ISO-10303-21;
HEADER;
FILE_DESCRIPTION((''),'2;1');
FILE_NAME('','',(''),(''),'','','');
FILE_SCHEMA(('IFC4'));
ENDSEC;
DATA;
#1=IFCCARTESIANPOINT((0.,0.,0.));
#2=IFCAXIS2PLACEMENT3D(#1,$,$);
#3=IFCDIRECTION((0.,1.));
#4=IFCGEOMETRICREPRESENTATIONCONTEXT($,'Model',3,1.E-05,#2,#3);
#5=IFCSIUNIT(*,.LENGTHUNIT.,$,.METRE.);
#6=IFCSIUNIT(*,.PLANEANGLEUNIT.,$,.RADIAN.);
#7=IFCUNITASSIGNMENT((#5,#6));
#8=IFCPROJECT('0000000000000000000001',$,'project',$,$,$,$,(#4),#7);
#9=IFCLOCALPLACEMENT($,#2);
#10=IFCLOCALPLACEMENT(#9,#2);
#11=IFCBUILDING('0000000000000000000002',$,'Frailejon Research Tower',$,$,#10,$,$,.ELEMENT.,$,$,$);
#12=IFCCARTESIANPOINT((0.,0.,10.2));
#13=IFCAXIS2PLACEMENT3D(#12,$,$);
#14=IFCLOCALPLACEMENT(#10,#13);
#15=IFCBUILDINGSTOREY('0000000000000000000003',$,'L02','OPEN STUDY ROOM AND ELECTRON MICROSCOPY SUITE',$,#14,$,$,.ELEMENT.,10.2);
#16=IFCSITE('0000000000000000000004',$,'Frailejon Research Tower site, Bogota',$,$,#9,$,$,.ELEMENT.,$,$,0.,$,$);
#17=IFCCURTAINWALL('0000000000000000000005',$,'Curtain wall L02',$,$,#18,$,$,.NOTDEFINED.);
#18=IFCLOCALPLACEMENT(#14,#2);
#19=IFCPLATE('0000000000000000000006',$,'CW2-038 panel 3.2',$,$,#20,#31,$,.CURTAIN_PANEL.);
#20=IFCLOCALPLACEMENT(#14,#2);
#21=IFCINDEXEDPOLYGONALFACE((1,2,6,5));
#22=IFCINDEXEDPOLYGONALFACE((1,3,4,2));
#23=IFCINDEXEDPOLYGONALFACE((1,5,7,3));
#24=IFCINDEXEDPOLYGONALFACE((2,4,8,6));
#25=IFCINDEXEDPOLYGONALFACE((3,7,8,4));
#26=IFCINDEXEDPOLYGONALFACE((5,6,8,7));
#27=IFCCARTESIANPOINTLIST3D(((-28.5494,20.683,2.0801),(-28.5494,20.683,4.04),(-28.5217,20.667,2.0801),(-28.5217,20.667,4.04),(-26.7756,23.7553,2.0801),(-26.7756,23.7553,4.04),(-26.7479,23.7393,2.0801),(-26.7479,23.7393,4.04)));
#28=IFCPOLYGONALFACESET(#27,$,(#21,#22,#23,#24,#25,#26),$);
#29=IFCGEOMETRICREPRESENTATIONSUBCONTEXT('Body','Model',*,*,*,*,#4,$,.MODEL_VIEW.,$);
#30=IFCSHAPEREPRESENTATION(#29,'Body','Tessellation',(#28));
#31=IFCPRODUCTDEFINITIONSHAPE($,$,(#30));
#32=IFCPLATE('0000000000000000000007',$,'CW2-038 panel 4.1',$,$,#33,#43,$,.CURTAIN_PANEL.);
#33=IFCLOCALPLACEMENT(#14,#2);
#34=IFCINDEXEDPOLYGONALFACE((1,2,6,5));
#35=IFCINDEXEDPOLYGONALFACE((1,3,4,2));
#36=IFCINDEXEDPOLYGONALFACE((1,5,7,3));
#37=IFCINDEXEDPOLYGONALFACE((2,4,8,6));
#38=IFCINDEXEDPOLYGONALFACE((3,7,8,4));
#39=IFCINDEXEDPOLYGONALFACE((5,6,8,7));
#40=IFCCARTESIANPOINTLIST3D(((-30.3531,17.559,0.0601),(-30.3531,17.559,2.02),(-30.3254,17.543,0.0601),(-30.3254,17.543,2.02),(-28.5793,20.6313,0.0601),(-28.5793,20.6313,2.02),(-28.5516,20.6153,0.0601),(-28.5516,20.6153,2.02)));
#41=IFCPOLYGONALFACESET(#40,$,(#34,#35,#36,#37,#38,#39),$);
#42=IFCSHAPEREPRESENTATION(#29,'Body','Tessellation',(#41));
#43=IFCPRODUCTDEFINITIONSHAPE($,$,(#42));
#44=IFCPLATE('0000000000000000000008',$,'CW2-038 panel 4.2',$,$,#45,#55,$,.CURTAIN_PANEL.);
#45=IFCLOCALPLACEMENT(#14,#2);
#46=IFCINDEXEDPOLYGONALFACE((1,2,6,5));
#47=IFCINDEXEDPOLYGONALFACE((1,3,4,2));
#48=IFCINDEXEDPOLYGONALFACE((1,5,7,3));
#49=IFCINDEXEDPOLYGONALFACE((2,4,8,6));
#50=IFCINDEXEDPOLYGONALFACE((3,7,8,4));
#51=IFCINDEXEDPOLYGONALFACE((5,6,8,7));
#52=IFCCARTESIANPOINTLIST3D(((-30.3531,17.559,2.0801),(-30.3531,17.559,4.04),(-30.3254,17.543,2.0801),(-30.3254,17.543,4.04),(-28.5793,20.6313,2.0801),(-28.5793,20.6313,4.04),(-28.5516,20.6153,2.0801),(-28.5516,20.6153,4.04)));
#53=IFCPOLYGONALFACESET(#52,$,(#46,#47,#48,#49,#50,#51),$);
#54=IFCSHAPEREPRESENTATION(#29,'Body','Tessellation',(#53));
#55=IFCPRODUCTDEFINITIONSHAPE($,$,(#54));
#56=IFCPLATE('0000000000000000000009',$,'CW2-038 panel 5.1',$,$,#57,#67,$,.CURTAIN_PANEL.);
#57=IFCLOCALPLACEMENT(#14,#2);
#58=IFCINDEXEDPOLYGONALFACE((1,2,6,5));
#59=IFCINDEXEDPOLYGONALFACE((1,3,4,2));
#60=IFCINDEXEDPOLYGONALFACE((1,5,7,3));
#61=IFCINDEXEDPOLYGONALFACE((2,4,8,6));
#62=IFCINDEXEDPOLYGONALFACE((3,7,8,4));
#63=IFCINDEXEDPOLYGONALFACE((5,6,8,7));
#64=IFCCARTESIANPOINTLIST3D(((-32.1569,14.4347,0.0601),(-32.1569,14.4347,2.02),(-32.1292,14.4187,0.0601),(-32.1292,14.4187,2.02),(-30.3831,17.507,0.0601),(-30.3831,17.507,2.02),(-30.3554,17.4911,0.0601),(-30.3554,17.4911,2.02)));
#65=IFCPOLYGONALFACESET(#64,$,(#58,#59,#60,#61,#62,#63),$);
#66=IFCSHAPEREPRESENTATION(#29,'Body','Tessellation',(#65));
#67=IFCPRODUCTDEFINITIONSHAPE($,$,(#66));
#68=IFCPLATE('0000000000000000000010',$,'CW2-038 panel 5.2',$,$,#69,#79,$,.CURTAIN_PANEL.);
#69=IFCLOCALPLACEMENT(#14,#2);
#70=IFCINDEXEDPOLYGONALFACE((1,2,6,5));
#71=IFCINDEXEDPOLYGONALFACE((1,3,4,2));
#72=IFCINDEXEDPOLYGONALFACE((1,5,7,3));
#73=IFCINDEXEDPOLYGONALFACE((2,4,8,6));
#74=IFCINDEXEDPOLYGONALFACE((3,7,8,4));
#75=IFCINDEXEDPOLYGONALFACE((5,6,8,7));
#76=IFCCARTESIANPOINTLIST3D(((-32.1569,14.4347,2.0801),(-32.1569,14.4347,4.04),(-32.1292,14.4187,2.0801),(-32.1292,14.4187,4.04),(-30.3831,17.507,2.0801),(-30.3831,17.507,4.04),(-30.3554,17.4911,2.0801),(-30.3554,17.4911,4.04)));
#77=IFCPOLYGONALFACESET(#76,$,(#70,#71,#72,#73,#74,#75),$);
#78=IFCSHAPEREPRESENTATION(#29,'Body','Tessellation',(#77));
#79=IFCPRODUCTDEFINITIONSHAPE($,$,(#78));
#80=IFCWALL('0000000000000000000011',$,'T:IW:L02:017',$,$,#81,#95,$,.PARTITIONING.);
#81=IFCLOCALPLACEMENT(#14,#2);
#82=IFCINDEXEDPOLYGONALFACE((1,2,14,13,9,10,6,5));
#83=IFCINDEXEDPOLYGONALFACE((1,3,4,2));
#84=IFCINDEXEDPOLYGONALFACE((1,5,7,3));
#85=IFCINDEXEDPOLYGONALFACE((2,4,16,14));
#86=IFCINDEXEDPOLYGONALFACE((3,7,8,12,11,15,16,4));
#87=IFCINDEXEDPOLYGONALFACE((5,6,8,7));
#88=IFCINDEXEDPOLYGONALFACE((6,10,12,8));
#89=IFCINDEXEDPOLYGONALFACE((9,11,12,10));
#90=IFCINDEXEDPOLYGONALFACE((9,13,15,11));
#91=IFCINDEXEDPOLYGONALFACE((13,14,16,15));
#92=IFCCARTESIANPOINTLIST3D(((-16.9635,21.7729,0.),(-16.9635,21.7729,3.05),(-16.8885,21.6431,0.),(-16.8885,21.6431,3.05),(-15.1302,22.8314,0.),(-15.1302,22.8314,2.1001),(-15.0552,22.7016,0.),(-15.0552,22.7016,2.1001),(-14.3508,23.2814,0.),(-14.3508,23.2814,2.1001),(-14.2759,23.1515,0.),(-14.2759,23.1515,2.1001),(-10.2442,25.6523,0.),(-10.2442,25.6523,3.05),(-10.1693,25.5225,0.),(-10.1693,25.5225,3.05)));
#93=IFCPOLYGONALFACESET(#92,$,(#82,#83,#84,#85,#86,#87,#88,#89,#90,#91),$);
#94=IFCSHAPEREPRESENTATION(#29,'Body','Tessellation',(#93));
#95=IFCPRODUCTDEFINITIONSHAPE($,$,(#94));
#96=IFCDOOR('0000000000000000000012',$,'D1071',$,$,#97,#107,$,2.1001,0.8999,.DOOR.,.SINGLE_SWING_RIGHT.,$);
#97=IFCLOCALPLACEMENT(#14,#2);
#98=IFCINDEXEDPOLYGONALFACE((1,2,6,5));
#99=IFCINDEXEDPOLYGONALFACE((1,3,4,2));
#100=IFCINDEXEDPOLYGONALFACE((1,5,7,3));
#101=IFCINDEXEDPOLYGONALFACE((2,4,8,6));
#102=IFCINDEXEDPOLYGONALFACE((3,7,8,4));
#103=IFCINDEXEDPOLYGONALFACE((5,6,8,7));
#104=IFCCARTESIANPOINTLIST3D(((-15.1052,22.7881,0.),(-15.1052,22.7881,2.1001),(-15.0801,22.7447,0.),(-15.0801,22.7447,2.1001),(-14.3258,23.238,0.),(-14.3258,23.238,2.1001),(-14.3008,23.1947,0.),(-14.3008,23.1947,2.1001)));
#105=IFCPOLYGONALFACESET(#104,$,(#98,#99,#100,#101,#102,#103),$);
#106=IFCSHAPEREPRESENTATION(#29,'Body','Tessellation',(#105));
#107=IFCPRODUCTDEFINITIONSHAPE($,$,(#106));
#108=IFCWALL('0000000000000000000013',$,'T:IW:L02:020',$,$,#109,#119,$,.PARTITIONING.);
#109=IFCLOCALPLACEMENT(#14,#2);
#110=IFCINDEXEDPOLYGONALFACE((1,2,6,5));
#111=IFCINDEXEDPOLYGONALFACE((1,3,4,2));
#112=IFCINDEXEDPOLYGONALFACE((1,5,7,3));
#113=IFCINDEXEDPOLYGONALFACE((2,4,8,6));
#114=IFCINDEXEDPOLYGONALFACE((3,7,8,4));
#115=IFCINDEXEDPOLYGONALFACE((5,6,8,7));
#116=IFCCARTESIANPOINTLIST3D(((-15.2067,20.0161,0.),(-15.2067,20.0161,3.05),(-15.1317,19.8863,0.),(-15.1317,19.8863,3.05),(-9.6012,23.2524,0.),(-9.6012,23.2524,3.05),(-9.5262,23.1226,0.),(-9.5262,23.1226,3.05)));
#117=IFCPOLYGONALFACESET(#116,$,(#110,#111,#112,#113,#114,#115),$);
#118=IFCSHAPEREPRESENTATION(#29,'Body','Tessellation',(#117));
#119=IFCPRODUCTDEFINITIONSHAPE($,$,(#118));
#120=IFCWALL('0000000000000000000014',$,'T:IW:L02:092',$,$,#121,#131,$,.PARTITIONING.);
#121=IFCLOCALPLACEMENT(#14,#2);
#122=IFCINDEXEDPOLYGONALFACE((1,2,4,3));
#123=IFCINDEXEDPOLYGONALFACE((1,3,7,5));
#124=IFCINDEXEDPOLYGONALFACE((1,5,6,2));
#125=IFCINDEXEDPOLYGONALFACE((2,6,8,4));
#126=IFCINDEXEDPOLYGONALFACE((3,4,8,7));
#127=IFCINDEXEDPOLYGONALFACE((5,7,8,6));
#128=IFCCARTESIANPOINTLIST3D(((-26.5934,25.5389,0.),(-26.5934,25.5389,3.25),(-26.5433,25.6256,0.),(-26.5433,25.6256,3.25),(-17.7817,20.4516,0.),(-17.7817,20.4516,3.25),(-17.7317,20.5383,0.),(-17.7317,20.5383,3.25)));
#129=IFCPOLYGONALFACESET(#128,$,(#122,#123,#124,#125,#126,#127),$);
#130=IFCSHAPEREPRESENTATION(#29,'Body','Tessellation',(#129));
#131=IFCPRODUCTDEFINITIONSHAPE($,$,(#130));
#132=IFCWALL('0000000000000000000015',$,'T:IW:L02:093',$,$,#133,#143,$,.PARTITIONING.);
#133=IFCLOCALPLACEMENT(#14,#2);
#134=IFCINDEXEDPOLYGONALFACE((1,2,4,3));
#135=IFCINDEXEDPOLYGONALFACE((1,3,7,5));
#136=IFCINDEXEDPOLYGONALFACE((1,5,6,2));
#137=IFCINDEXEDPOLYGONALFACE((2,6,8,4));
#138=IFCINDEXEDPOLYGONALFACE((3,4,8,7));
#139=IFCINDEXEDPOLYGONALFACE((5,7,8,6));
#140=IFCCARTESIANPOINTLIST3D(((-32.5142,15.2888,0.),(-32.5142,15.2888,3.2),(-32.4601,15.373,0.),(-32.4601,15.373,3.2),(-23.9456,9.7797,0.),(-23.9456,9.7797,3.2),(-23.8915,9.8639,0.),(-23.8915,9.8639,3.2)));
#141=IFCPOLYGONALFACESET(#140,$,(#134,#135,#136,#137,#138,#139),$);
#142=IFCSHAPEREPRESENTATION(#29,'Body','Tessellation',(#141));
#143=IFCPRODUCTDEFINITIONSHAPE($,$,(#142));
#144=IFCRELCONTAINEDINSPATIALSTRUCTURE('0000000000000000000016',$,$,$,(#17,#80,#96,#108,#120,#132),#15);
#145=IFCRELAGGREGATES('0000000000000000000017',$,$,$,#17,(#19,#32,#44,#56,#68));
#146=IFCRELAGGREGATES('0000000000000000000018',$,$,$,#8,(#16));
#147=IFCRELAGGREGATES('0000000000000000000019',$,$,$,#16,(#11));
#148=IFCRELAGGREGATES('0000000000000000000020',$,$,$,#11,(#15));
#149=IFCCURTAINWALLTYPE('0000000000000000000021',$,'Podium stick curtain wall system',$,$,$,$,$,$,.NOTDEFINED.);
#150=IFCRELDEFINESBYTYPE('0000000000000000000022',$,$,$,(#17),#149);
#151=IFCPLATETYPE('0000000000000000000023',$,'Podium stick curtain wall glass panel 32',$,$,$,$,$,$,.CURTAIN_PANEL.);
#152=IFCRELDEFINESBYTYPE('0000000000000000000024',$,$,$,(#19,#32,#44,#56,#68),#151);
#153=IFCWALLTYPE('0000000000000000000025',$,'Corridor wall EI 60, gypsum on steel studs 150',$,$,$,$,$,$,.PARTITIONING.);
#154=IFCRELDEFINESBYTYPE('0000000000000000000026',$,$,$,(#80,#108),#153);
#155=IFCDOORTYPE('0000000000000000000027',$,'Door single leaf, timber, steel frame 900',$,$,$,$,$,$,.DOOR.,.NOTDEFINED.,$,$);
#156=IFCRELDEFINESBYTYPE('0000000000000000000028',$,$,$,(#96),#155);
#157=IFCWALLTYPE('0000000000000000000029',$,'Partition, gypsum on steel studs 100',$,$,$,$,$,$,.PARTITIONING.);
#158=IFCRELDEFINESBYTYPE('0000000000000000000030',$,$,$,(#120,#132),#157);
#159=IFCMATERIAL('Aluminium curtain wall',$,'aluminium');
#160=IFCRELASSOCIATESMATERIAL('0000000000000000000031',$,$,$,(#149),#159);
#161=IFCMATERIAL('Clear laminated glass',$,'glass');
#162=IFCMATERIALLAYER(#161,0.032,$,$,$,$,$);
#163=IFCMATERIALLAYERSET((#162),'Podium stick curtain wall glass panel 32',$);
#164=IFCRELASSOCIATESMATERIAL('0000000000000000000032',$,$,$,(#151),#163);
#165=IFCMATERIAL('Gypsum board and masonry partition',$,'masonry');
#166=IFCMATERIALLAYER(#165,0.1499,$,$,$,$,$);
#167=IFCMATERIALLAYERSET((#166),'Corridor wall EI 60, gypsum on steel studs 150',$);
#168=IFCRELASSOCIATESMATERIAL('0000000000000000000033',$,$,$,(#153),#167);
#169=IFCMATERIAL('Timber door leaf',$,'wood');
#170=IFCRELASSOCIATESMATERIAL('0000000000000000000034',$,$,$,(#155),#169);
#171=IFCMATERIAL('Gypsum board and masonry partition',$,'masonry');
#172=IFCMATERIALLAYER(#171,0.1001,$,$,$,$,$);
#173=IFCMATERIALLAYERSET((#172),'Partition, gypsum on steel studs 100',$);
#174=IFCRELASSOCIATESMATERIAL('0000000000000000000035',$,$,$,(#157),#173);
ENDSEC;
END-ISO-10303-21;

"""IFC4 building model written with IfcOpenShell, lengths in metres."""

from ifc_helpers import new_model, si_unit, direction, frame, frame_2d, origin, origin_2d, place, context, subcontext, project, spatial, rectangle, extrude, material, layer, layer_set, type_object, element, fill, aggregate, save


model = new_model("IFC4")

# Units and contexts
model_context = context("Model", 3, precision=1e-05, world=origin(), true_north=direction((0.0, 1.0)))
body_context = subcontext(model_context, "Body", "Model", "MODEL_VIEW")
ifc_project = project(units=[si_unit("LENGTHUNIT", "METRE"), si_unit("PLANEANGLEUNIT", "RADIAN")], contexts=[model_context])

# Site, building, storey
site_placement = place(None, origin())
site = spatial("IfcSite", under=ifc_project, at=site_placement, Name="Frailejon Research Tower site, Bogota", CompositionType="ELEMENT", RefElevation=0.0)
building_placement = place(site_placement, origin())
building = spatial("IfcBuilding", under=site, at=building_placement, Name="Frailejon Research Tower", CompositionType="ELEMENT")
storey_placement = place(building_placement, frame((0.0, 0.0, 10.2)))
storey = spatial("IfcBuildingStorey", under=building, at=storey_placement, Name="L02", Description="OPEN STUDY ROOM AND ELECTRON MICROSCOPY SUITE", CompositionType="ELEMENT", Elevation=10.2)

# Curtain wall, plates
ifc_material_1 = material(Name="Aluminium curtain wall", Category="aluminium")
curtain_wall_type = type_object("IfcCurtainWallType", Name="Podium stick curtain wall system", PredefinedType="NOTDEFINED", material=ifc_material_1)
curtain_wall_placement = place(storey_placement, origin())
curtain_wall = element("IfcCurtainWall", 1, at=curtain_wall_placement, inside=storey, type_object=curtain_wall_type, Name="Curtain wall L02", PredefinedType="NOTDEFINED")
ifc_material_2 = material(Name="Clear laminated glass", Category="glass")
ifc_layer_1 = layer(ifc_material_2, 0.032)
ifc_layer_set_1 = layer_set([ifc_layer_1], Name="Podium stick curtain wall glass panel 32")
plate_type = type_object("IfcPlateType", Name="Podium stick curtain wall glass panel 32", PredefinedType="CURTAIN_PANEL", material=ifc_layer_set_1)
plate_1_placement = place(storey_placement, frame((-27.6487, 22.2112, 2.0801), z_axis=(0.0, 0.0, 1.0), x_axis=(-0.499998, -0.866026, 0.0)))
plate_1 = element("IfcPlate", 2, at=plate_1_placement, type_object=plate_type, Name="CW2-038 panel 3.2", PredefinedType="CURTAIN_PANEL", context=body_context, shape_type="SweptSolid", body=[
    extrude(rectangle(XDim=3.5476, YDim=0.032, at=origin_2d()), origin(), (0.0, 0.0, 1.0), 1.96),
])
plate_2_placement = place(storey_placement, frame((-29.4524, 19.0872, 0.0601), z_axis=(0.0, 0.0, 1.0), x_axis=(-0.499998, -0.866026, 0.0)))
plate_2 = element("IfcPlate", 3, at=plate_2_placement, type_object=plate_type, Name="CW2-038 panel 4.1", PredefinedType="CURTAIN_PANEL", context=body_context, shape_type="SweptSolid", body=[
    extrude(rectangle(XDim=3.5476, YDim=0.032, at=origin_2d()), origin(), (0.0, 0.0, 1.0), 1.96),
])
plate_3_placement = place(storey_placement, frame((-29.4524, 19.0872, 2.0801), z_axis=(0.0, 0.0, 1.0), x_axis=(-0.499998, -0.866026, 0.0)))
plate_3 = element("IfcPlate", 4, at=plate_3_placement, type_object=plate_type, Name="CW2-038 panel 4.2", PredefinedType="CURTAIN_PANEL", context=body_context, shape_type="SweptSolid", body=[
    extrude(rectangle(XDim=3.5476, YDim=0.032, at=origin_2d()), origin(), (0.0, 0.0, 1.0), 1.96),
])
plate_4_placement = place(storey_placement, frame((-31.2561, 15.9629, 0.0601), z_axis=(0.0, 0.0, 1.0), x_axis=(-0.499998, -0.866026, 0.0)))
plate_4 = element("IfcPlate", 5, at=plate_4_placement, type_object=plate_type, Name="CW2-038 panel 5.1", PredefinedType="CURTAIN_PANEL", context=body_context, shape_type="SweptSolid", body=[
    extrude(rectangle(XDim=3.5476, YDim=0.032, at=origin_2d()), origin(), (0.0, 0.0, 1.0), 1.96),
])
plate_5_placement = place(storey_placement, frame((-31.2561, 15.9629, 2.0801), z_axis=(0.0, 0.0, 1.0), x_axis=(-0.499998, -0.866026, 0.0)))
plate_5 = element("IfcPlate", 6, at=plate_5_placement, type_object=plate_type, Name="CW2-038 panel 5.2", PredefinedType="CURTAIN_PANEL", context=body_context, shape_type="SweptSolid", body=[
    extrude(rectangle(XDim=3.5476, YDim=0.032, at=origin_2d()), origin(), (0.0, 0.0, 1.0), 1.96),
])
aggregate(curtain_wall, [plate_1, plate_2, plate_3, plate_4, plate_5])

# Wall, opening, door
ifc_material_3 = material(Name="Gypsum board and masonry partition", Category="masonry")
ifc_layer_2 = layer(ifc_material_3, 0.1499)
ifc_layer_set_2 = layer_set([ifc_layer_2], Name="Corridor wall EI 60, gypsum on steel studs 150")
wall_type_1 = type_object("IfcWallType", Name="Corridor wall EI 60, gypsum on steel studs 150", PredefinedType="PARTITIONING", material=ifc_layer_set_2)
wall_1_placement = place(storey_placement, frame((-16.926, 21.708, 0.0), z_axis=(0.0, 0.0, 1.0), x_axis=(0.866023, 0.500004, 0.0)))
wall_1 = element("IfcWall", 7, at=wall_1_placement, inside=storey, type_object=wall_type_1, Name="T:IW:L02:017", PredefinedType="PARTITIONING", context=body_context, shape_type="SweptSolid", body=[
    extrude(rectangle(XDim=7.7588, YDim=0.1499, at=frame_2d((3.8794, 0.0))), origin(), (0.0, 0.0, 1.0), 3.05),
])
opening_placement = place(wall_1_placement, frame((2.1169, 0.0, 0.0)))
opening = element("IfcOpeningElement", 8, at=opening_placement, cuts=wall_1, PredefinedType="OPENING", context=body_context, shape_type="SweptSolid", body=[
    extrude(rectangle(XDim=0.8999, YDim=2.1001, at=frame_2d((0.45, 1.05))), frame((0.0, 0.085, 0.0), z_axis=(0.0, -1.0, 0.0), x_axis=(1.0, 0.0, 0.0)), (0.0, 0.0, 1.0), 0.1699),
])
ifc_material_4 = material(Name="Timber door leaf", Category="wood")
door_type = type_object("IfcDoorType", Name="Door single leaf, timber, steel frame 900", OperationType="NOTDEFINED", PredefinedType="DOOR", material=ifc_material_4)
door_placement = place(opening_placement, origin())
door = element("IfcDoor", 9, at=door_placement, inside=storey, type_object=door_type, Name="D1071", OperationType="SINGLE_SWING_RIGHT", OverallHeight=2.1001, OverallWidth=0.8999, PredefinedType="DOOR", context=body_context, shape_type="SweptSolid", body=[
    extrude(rectangle(XDim=0.8999, YDim=2.1001, at=frame_2d((0.45, 1.05))), frame((0.0, 0.0249, 0.0), z_axis=(0.0, -1.0, 0.0), x_axis=(1.0, 0.0, 0.0)), (0.0, 0.0, 1.0), 0.05),
])
fill(opening, door)

# Walls
wall_2_placement = place(storey_placement, frame((-15.1692, 19.9512, 0.0), z_axis=(0.0, 0.0, 1.0), x_axis=(0.866025, 0.500001, 0.0)))
element("IfcWall", 10, at=wall_2_placement, inside=storey, type_object=wall_type_1, Name="T:IW:L02:020", PredefinedType="PARTITIONING", context=body_context, shape_type="SweptSolid", body=[
    extrude(rectangle(XDim=6.4727, YDim=0.1499, at=frame_2d((3.2363, 0.0))), origin(), (0.0, 0.0, 1.0), 3.05),
])
ifc_material_5 = material(Name="Gypsum board and masonry partition", Category="masonry")
ifc_layer_3 = layer(ifc_material_5, 0.1001)
ifc_layer_set_3 = layer_set([ifc_layer_3], Name="Partition, gypsum on steel studs 100")
wall_type_2 = type_object("IfcWallType", Name="Partition, gypsum on steel studs 100", PredefinedType="PARTITIONING", material=ifc_layer_set_3)
wall_3_placement = place(storey_placement, frame((-26.5684, 25.5823, 0.0), z_axis=(0.0, 0.0, 1.0), x_axis=(0.866029, -0.499995, 0.0)))
element("IfcWall", 11, at=wall_3_placement, inside=storey, type_object=wall_type_2, Name="T:IW:L02:092", PredefinedType="PARTITIONING", context=body_context, shape_type="SweptSolid", body=[
    extrude(rectangle(XDim=10.1748, YDim=0.1001, at=frame_2d((5.0874, 0.0))), origin(), (0.0, 0.0, 1.0), 3.25),
])
wall_4_placement = place(storey_placement, frame((-32.4871, 15.3308, 0.0), z_axis=(0.0, 0.0, 1.0), x_axis=(0.84115, -0.540802, 0.0)))
element("IfcWall", 12, at=wall_4_placement, inside=storey, type_object=wall_type_2, Name="T:IW:L02:093", PredefinedType="PARTITIONING", context=body_context, shape_type="SweptSolid", body=[
    extrude(rectangle(XDim=10.1868, YDim=0.1001, at=frame_2d((5.0933, 0.0))), origin(), (0.0, 0.0, 1.0), 3.2),
])

save(model, "model.ifc")
